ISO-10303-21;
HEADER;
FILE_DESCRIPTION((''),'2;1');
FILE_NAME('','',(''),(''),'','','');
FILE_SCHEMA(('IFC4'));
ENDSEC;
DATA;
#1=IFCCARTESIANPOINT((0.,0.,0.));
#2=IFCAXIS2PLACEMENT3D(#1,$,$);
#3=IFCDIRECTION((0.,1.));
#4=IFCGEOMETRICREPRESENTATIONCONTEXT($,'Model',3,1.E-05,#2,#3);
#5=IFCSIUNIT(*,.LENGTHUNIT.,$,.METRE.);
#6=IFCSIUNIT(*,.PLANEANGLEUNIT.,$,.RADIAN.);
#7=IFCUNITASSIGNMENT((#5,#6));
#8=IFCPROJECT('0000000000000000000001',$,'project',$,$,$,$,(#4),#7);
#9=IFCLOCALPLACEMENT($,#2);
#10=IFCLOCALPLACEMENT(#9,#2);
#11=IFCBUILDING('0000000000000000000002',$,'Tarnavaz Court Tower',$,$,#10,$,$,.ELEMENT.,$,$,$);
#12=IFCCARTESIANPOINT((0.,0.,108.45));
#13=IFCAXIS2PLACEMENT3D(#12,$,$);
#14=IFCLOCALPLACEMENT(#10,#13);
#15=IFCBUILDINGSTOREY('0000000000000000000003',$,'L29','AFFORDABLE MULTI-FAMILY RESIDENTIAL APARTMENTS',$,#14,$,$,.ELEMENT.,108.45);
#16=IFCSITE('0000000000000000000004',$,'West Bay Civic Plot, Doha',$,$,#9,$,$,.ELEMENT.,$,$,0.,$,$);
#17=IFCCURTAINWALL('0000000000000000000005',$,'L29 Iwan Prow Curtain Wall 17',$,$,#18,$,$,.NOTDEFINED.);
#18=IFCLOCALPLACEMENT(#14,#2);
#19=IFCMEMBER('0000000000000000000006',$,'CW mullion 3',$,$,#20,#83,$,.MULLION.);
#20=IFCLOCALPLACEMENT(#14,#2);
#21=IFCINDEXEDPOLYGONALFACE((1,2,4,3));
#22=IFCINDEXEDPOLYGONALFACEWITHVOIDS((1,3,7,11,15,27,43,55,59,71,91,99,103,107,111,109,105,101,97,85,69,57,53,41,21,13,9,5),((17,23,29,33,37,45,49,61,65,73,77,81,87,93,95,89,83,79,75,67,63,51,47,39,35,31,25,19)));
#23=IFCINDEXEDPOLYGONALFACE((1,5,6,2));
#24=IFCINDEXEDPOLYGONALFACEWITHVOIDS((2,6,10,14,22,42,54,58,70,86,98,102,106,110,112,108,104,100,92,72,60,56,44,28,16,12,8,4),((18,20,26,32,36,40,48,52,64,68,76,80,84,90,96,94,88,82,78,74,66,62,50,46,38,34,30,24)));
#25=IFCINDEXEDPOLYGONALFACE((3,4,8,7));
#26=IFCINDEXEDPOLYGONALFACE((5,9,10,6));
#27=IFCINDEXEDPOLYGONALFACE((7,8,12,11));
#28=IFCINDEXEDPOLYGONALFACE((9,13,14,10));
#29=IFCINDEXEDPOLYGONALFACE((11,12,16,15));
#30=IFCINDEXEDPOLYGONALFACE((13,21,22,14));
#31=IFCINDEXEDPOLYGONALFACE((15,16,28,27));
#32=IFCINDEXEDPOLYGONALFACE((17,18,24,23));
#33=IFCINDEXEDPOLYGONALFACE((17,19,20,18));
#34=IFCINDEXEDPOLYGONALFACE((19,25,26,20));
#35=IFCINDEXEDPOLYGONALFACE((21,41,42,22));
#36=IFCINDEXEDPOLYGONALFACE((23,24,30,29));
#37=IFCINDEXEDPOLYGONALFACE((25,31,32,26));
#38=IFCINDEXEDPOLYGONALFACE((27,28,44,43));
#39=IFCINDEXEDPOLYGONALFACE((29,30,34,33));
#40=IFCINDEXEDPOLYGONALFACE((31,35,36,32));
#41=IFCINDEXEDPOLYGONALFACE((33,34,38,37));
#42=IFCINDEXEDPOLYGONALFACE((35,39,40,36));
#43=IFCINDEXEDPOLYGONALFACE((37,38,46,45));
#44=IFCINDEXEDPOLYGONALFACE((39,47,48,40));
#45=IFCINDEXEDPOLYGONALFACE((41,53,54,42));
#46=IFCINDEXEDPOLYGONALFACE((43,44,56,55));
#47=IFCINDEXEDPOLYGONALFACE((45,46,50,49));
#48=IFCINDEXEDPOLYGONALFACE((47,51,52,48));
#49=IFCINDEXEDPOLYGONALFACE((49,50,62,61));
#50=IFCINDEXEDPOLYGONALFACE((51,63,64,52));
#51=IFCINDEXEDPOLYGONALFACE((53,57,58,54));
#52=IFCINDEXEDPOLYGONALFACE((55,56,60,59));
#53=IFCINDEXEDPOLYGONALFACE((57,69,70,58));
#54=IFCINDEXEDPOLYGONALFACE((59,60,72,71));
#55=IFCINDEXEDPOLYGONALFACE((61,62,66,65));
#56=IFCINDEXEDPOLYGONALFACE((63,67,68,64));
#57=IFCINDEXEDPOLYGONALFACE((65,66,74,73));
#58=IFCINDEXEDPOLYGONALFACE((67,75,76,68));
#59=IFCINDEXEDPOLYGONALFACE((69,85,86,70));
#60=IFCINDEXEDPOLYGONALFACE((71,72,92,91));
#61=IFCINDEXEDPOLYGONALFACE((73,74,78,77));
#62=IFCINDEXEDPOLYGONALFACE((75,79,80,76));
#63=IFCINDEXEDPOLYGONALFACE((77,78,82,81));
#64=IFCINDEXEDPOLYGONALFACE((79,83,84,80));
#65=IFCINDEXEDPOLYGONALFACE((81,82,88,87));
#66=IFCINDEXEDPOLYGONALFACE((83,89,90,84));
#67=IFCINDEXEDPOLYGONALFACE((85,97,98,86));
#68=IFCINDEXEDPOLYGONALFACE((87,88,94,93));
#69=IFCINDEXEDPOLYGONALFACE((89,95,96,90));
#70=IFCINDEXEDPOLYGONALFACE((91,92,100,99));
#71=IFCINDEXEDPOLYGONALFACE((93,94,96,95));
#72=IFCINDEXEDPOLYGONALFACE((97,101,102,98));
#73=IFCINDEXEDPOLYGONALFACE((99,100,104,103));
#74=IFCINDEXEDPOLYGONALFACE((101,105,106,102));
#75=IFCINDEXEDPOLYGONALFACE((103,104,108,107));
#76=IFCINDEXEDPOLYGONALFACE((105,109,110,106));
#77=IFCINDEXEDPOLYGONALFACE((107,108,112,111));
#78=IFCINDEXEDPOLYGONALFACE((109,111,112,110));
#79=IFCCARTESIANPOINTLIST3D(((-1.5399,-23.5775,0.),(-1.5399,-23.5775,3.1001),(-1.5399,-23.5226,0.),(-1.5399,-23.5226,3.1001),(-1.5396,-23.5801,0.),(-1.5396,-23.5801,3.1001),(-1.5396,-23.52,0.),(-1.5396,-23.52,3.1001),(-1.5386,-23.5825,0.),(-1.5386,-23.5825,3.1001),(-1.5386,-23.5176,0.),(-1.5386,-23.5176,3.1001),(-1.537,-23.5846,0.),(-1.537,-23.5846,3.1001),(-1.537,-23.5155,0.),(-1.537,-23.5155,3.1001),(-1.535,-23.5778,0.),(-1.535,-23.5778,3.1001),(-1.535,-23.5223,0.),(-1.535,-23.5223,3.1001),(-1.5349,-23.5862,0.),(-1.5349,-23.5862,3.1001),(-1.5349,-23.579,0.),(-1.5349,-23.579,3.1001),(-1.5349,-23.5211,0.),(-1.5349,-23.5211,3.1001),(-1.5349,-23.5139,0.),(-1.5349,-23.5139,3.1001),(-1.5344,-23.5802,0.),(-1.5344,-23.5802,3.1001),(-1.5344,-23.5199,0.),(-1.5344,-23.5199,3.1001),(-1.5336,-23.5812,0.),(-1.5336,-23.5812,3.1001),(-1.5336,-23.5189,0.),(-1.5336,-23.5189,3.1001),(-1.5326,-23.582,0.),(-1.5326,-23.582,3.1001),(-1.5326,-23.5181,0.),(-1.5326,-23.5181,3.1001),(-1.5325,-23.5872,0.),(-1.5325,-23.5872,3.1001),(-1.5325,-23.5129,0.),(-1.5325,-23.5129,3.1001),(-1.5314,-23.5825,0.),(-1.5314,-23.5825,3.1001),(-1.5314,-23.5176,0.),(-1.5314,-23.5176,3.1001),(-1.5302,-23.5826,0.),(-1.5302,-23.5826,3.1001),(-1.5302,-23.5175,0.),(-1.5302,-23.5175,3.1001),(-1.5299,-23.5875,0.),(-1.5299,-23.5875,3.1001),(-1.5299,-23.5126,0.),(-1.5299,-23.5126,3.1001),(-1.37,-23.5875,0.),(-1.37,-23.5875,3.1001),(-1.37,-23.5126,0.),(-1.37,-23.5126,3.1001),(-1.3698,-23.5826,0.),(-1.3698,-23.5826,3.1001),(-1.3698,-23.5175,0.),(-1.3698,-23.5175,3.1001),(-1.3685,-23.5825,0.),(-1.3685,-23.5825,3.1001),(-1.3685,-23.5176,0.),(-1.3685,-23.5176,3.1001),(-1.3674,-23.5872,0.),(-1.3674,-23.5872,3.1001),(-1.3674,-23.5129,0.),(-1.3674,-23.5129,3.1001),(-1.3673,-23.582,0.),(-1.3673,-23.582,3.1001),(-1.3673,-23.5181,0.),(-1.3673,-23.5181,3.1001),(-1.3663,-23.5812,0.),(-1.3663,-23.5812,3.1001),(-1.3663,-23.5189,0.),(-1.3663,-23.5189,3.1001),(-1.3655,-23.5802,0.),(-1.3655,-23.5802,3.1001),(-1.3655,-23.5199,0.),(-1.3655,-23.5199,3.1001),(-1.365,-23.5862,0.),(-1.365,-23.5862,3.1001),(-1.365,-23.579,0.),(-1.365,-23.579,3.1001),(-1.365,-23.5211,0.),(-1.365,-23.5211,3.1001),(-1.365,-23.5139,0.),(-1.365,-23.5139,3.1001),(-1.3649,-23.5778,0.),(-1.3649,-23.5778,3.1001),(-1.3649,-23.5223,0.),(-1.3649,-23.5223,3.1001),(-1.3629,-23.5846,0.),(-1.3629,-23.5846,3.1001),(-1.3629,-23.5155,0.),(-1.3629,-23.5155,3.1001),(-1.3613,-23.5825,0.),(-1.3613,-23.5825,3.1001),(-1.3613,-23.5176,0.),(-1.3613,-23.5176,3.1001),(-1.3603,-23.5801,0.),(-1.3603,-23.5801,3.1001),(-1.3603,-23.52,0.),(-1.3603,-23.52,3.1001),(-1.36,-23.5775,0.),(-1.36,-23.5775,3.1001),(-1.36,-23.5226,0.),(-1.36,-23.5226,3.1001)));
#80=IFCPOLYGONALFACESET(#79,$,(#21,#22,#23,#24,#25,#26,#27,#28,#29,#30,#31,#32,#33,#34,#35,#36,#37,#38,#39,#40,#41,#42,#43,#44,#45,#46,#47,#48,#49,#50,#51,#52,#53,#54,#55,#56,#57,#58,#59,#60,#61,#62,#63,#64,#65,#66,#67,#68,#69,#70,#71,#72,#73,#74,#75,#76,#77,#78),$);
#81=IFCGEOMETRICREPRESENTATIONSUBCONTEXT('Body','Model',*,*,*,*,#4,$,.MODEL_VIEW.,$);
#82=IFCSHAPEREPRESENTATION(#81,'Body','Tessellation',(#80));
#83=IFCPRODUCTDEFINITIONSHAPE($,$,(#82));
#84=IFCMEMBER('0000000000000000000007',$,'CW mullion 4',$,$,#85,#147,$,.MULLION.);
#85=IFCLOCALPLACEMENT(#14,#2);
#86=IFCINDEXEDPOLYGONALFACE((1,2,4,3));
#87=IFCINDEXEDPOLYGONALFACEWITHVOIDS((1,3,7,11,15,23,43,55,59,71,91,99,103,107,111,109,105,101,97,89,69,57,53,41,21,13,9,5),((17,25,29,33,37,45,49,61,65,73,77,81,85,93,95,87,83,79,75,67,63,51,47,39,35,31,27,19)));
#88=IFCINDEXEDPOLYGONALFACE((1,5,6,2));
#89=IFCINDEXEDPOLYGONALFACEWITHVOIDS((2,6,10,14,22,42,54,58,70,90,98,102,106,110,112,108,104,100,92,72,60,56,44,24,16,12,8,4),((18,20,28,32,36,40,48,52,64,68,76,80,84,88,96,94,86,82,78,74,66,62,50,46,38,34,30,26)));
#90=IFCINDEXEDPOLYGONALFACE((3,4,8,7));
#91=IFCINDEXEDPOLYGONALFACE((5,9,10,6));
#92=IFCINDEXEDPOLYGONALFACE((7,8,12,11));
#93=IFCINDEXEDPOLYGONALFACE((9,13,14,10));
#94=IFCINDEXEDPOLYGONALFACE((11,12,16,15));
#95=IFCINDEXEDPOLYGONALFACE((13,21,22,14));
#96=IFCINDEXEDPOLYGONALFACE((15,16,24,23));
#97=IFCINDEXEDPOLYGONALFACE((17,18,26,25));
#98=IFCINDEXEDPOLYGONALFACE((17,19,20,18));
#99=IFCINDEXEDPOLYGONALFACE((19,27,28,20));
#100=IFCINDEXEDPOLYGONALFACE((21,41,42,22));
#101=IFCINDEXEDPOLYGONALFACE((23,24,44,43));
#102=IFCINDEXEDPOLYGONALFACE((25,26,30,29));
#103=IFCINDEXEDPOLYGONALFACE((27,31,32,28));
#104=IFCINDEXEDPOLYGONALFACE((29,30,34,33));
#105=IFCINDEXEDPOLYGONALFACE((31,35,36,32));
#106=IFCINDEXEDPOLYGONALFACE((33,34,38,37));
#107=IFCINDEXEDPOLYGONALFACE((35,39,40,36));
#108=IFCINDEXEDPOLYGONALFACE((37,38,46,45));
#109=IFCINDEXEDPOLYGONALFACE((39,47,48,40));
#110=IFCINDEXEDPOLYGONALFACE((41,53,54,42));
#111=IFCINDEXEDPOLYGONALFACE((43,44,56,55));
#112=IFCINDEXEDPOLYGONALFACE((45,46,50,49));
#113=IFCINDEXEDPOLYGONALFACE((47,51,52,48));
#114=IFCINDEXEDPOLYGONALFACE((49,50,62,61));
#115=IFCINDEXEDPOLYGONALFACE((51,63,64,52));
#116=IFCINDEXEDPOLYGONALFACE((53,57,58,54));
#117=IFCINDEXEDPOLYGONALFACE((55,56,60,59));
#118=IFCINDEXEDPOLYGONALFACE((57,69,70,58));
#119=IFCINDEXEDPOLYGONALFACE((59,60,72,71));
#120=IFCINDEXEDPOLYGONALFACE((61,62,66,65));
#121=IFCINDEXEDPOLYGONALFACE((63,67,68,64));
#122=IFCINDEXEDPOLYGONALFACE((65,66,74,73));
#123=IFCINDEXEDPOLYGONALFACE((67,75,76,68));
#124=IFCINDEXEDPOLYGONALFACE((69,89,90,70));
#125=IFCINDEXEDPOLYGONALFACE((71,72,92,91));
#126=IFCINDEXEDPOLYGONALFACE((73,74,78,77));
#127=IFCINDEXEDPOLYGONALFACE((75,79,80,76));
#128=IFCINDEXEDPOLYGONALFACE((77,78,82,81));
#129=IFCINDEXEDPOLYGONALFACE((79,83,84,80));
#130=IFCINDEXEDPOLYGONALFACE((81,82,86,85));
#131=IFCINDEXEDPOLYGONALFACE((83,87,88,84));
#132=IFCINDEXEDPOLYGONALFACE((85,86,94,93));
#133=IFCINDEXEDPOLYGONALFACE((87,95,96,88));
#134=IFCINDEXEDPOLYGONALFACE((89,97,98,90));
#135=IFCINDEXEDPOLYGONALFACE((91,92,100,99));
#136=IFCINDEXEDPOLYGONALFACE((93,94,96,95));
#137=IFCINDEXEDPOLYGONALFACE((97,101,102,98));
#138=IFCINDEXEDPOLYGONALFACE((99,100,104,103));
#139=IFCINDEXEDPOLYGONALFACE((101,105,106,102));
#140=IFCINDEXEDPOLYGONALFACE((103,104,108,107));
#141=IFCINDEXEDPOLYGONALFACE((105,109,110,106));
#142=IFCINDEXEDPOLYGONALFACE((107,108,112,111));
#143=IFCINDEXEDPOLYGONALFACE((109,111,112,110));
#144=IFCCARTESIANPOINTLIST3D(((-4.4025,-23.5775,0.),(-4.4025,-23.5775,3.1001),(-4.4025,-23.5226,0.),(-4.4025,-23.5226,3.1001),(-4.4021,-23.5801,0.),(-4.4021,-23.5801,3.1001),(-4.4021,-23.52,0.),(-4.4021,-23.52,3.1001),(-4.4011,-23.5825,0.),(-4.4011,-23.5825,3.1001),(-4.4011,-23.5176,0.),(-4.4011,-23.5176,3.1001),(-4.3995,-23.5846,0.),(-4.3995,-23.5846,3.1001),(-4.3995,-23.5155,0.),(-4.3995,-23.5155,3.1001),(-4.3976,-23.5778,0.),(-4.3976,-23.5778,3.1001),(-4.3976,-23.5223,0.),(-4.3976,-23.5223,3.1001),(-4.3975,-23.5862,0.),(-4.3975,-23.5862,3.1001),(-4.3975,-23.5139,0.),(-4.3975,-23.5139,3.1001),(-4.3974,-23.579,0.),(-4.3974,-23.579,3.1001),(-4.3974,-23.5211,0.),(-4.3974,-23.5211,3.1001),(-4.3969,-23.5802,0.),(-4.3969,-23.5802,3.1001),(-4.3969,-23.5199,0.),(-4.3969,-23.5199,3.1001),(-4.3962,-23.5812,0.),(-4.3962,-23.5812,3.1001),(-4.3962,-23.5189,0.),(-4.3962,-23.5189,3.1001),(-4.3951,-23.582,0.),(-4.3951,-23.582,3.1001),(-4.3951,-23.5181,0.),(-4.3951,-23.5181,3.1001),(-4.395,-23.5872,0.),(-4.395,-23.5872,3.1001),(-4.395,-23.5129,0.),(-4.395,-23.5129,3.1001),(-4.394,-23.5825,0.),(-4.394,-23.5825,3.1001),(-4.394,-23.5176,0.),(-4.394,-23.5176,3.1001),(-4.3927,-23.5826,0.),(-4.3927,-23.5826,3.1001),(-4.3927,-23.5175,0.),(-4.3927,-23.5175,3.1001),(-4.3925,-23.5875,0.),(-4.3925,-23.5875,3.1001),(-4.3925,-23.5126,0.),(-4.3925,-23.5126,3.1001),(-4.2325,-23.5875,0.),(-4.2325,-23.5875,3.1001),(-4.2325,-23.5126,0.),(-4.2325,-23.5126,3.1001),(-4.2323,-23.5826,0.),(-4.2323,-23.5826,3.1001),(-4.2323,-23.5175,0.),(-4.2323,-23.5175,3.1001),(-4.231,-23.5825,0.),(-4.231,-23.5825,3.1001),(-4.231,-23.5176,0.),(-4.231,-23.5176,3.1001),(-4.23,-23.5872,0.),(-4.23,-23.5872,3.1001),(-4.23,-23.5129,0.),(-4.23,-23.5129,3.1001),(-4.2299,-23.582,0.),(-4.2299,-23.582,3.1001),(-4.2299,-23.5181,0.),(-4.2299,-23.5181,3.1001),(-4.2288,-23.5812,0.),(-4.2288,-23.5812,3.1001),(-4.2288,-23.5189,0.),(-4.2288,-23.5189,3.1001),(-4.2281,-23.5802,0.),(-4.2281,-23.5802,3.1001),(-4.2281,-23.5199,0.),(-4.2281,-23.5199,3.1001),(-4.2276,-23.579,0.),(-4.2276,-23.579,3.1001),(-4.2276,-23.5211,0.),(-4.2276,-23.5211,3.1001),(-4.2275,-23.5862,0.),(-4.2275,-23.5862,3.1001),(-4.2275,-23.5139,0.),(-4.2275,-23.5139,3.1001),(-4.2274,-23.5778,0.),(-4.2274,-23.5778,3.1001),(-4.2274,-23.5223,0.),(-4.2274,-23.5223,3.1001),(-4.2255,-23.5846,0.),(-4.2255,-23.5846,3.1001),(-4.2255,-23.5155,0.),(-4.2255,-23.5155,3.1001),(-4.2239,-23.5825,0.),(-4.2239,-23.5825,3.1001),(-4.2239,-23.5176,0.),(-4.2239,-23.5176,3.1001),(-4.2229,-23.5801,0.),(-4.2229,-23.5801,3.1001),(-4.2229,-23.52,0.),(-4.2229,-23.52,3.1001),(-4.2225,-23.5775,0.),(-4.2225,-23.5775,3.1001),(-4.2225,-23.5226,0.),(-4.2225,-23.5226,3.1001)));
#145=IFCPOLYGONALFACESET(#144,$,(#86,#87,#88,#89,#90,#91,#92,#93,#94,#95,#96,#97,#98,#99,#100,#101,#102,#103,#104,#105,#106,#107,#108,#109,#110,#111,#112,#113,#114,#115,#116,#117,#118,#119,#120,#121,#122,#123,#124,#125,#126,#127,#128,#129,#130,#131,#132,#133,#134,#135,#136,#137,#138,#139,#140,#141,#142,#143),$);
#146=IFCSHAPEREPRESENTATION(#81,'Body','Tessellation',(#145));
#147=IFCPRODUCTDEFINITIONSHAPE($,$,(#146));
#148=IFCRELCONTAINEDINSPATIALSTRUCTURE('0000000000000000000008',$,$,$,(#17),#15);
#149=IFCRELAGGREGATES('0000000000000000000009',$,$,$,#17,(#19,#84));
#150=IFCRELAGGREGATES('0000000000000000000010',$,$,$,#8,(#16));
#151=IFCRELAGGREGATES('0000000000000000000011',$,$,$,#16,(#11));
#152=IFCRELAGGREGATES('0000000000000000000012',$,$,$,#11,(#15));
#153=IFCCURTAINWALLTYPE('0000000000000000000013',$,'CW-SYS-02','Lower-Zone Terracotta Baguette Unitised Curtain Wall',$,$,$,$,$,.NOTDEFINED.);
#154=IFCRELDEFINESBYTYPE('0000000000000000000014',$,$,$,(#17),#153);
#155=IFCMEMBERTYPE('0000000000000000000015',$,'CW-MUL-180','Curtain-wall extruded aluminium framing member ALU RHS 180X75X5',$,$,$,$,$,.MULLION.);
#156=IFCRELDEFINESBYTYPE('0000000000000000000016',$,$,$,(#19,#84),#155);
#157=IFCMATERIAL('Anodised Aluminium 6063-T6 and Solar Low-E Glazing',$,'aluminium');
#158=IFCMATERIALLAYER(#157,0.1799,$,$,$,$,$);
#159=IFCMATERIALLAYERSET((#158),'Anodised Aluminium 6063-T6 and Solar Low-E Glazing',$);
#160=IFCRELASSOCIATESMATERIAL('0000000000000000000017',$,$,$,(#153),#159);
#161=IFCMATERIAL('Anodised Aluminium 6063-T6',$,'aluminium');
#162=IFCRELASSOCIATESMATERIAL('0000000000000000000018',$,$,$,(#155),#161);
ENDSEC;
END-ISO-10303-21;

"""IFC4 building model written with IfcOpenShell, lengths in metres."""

from ifc_helpers import new_model, si_unit, direction, frame, origin, origin_2d, place, context, subcontext, project, spatial, hollow_rectangle, extrude, material, layer, layer_set, material_profile, profile_set, type_object, element, aggregate, save


model = new_model("IFC4")

# Units and contexts
model_context = context("Model", 3, precision=1e-05, world=origin(), true_north=direction((0.0, 1.0)))
body_context = subcontext(model_context, "Body", "Model", "MODEL_VIEW")
ifc_project = project(units=[si_unit("LENGTHUNIT", "METRE"), si_unit("PLANEANGLEUNIT", "RADIAN")], contexts=[model_context])

# Site, building, storey
site_placement = place(None, origin())
site = spatial("IfcSite", under=ifc_project, at=site_placement, Name="West Bay Civic Plot, Doha", CompositionType="ELEMENT", RefElevation=0.0)
building_placement = place(site_placement, origin())
building = spatial("IfcBuilding", under=site, at=building_placement, Name="Tarnavaz Court Tower", CompositionType="ELEMENT")
storey_placement = place(building_placement, frame((0.0, 0.0, 108.45)))
storey = spatial("IfcBuildingStorey", under=building, at=storey_placement, Name="L29", Description="AFFORDABLE MULTI-FAMILY RESIDENTIAL APARTMENTS", CompositionType="ELEMENT", Elevation=108.45)

# Curtain wall, members
ifc_material_1 = material(Name="Anodised Aluminium 6063-T6 and Solar Low-E Glazing", Category="aluminium")
ifc_layer_1 = layer(ifc_material_1, 0.1799)
ifc_layer_set_1 = layer_set([ifc_layer_1], Name="Anodised Aluminium 6063-T6 and Solar Low-E Glazing")
curtain_wall_type = type_object("IfcCurtainWallType", Name="CW-SYS-02", Description="Lower-Zone Terracotta Baguette Unitised Curtain Wall", PredefinedType="NOTDEFINED", material=ifc_layer_set_1)
curtain_wall_placement = place(storey_placement, origin())
curtain_wall = element("IfcCurtainWall", 1, at=curtain_wall_placement, inside=storey, type_object=curtain_wall_type, Name="L29 Iwan Prow Curtain Wall 17", PredefinedType="NOTDEFINED")
ifc_material_2 = material(Name="Anodised Aluminium 6063-T6", Category="aluminium")
ifc_material_profile_1 = material_profile(ifc_material_2, hollow_rectangle(XDim=0.075, YDim=0.1799, WallThickness=0.0049, InnerFilletRadius=0.0049, OuterFilletRadius=0.01, at=origin_2d()), Name="ALU RHS 180X75X5")
ifc_profile_set_1 = profile_set([ifc_material_profile_1], Name="Anodised Aluminium 6063-T6")
member_type_1 = type_object("IfcMemberType", Name="CW-MUL-180", Description="Curtain-wall extruded aluminium framing member ALU RHS 180X75X5", PredefinedType="MULLION", material=ifc_profile_set_1)
member_1_placement = place(storey_placement, frame((-1.45, -23.55, 0.0), z_axis=(0.0, 0.0, 1.0), x_axis=(0.0, -1.0, 0.0)))
member_1 = element("IfcMember", 2, at=member_1_placement, type_object=member_type_1, Name="CW mullion 3", PredefinedType="MULLION", context=body_context, shape_type="SweptSolid", body=[
    extrude(hollow_rectangle(XDim=0.075, YDim=0.1799, WallThickness=0.0049, InnerFilletRadius=0.0049, OuterFilletRadius=0.01, at=origin_2d()), origin(), (0.0, 0.0, 1.0), 3.1001),
])
member_2_placement = place(storey_placement, frame((-4.3125, -23.55, 0.0), z_axis=(0.0, 0.0, 1.0), x_axis=(0.0, -1.0, 0.0)))
member_2 = element("IfcMember", 3, at=member_2_placement, type_object=member_type_1, Name="CW mullion 4", PredefinedType="MULLION", context=body_context, shape_type="SweptSolid", body=[
    extrude(hollow_rectangle(XDim=0.075, YDim=0.1799, WallThickness=0.0049, InnerFilletRadius=0.0049, OuterFilletRadius=0.01, at=origin_2d()), origin(), (0.0, 0.0, 1.0), 3.1001),
])
aggregate(curtain_wall, [member_1, member_2])

save(model, "model.ifc")
